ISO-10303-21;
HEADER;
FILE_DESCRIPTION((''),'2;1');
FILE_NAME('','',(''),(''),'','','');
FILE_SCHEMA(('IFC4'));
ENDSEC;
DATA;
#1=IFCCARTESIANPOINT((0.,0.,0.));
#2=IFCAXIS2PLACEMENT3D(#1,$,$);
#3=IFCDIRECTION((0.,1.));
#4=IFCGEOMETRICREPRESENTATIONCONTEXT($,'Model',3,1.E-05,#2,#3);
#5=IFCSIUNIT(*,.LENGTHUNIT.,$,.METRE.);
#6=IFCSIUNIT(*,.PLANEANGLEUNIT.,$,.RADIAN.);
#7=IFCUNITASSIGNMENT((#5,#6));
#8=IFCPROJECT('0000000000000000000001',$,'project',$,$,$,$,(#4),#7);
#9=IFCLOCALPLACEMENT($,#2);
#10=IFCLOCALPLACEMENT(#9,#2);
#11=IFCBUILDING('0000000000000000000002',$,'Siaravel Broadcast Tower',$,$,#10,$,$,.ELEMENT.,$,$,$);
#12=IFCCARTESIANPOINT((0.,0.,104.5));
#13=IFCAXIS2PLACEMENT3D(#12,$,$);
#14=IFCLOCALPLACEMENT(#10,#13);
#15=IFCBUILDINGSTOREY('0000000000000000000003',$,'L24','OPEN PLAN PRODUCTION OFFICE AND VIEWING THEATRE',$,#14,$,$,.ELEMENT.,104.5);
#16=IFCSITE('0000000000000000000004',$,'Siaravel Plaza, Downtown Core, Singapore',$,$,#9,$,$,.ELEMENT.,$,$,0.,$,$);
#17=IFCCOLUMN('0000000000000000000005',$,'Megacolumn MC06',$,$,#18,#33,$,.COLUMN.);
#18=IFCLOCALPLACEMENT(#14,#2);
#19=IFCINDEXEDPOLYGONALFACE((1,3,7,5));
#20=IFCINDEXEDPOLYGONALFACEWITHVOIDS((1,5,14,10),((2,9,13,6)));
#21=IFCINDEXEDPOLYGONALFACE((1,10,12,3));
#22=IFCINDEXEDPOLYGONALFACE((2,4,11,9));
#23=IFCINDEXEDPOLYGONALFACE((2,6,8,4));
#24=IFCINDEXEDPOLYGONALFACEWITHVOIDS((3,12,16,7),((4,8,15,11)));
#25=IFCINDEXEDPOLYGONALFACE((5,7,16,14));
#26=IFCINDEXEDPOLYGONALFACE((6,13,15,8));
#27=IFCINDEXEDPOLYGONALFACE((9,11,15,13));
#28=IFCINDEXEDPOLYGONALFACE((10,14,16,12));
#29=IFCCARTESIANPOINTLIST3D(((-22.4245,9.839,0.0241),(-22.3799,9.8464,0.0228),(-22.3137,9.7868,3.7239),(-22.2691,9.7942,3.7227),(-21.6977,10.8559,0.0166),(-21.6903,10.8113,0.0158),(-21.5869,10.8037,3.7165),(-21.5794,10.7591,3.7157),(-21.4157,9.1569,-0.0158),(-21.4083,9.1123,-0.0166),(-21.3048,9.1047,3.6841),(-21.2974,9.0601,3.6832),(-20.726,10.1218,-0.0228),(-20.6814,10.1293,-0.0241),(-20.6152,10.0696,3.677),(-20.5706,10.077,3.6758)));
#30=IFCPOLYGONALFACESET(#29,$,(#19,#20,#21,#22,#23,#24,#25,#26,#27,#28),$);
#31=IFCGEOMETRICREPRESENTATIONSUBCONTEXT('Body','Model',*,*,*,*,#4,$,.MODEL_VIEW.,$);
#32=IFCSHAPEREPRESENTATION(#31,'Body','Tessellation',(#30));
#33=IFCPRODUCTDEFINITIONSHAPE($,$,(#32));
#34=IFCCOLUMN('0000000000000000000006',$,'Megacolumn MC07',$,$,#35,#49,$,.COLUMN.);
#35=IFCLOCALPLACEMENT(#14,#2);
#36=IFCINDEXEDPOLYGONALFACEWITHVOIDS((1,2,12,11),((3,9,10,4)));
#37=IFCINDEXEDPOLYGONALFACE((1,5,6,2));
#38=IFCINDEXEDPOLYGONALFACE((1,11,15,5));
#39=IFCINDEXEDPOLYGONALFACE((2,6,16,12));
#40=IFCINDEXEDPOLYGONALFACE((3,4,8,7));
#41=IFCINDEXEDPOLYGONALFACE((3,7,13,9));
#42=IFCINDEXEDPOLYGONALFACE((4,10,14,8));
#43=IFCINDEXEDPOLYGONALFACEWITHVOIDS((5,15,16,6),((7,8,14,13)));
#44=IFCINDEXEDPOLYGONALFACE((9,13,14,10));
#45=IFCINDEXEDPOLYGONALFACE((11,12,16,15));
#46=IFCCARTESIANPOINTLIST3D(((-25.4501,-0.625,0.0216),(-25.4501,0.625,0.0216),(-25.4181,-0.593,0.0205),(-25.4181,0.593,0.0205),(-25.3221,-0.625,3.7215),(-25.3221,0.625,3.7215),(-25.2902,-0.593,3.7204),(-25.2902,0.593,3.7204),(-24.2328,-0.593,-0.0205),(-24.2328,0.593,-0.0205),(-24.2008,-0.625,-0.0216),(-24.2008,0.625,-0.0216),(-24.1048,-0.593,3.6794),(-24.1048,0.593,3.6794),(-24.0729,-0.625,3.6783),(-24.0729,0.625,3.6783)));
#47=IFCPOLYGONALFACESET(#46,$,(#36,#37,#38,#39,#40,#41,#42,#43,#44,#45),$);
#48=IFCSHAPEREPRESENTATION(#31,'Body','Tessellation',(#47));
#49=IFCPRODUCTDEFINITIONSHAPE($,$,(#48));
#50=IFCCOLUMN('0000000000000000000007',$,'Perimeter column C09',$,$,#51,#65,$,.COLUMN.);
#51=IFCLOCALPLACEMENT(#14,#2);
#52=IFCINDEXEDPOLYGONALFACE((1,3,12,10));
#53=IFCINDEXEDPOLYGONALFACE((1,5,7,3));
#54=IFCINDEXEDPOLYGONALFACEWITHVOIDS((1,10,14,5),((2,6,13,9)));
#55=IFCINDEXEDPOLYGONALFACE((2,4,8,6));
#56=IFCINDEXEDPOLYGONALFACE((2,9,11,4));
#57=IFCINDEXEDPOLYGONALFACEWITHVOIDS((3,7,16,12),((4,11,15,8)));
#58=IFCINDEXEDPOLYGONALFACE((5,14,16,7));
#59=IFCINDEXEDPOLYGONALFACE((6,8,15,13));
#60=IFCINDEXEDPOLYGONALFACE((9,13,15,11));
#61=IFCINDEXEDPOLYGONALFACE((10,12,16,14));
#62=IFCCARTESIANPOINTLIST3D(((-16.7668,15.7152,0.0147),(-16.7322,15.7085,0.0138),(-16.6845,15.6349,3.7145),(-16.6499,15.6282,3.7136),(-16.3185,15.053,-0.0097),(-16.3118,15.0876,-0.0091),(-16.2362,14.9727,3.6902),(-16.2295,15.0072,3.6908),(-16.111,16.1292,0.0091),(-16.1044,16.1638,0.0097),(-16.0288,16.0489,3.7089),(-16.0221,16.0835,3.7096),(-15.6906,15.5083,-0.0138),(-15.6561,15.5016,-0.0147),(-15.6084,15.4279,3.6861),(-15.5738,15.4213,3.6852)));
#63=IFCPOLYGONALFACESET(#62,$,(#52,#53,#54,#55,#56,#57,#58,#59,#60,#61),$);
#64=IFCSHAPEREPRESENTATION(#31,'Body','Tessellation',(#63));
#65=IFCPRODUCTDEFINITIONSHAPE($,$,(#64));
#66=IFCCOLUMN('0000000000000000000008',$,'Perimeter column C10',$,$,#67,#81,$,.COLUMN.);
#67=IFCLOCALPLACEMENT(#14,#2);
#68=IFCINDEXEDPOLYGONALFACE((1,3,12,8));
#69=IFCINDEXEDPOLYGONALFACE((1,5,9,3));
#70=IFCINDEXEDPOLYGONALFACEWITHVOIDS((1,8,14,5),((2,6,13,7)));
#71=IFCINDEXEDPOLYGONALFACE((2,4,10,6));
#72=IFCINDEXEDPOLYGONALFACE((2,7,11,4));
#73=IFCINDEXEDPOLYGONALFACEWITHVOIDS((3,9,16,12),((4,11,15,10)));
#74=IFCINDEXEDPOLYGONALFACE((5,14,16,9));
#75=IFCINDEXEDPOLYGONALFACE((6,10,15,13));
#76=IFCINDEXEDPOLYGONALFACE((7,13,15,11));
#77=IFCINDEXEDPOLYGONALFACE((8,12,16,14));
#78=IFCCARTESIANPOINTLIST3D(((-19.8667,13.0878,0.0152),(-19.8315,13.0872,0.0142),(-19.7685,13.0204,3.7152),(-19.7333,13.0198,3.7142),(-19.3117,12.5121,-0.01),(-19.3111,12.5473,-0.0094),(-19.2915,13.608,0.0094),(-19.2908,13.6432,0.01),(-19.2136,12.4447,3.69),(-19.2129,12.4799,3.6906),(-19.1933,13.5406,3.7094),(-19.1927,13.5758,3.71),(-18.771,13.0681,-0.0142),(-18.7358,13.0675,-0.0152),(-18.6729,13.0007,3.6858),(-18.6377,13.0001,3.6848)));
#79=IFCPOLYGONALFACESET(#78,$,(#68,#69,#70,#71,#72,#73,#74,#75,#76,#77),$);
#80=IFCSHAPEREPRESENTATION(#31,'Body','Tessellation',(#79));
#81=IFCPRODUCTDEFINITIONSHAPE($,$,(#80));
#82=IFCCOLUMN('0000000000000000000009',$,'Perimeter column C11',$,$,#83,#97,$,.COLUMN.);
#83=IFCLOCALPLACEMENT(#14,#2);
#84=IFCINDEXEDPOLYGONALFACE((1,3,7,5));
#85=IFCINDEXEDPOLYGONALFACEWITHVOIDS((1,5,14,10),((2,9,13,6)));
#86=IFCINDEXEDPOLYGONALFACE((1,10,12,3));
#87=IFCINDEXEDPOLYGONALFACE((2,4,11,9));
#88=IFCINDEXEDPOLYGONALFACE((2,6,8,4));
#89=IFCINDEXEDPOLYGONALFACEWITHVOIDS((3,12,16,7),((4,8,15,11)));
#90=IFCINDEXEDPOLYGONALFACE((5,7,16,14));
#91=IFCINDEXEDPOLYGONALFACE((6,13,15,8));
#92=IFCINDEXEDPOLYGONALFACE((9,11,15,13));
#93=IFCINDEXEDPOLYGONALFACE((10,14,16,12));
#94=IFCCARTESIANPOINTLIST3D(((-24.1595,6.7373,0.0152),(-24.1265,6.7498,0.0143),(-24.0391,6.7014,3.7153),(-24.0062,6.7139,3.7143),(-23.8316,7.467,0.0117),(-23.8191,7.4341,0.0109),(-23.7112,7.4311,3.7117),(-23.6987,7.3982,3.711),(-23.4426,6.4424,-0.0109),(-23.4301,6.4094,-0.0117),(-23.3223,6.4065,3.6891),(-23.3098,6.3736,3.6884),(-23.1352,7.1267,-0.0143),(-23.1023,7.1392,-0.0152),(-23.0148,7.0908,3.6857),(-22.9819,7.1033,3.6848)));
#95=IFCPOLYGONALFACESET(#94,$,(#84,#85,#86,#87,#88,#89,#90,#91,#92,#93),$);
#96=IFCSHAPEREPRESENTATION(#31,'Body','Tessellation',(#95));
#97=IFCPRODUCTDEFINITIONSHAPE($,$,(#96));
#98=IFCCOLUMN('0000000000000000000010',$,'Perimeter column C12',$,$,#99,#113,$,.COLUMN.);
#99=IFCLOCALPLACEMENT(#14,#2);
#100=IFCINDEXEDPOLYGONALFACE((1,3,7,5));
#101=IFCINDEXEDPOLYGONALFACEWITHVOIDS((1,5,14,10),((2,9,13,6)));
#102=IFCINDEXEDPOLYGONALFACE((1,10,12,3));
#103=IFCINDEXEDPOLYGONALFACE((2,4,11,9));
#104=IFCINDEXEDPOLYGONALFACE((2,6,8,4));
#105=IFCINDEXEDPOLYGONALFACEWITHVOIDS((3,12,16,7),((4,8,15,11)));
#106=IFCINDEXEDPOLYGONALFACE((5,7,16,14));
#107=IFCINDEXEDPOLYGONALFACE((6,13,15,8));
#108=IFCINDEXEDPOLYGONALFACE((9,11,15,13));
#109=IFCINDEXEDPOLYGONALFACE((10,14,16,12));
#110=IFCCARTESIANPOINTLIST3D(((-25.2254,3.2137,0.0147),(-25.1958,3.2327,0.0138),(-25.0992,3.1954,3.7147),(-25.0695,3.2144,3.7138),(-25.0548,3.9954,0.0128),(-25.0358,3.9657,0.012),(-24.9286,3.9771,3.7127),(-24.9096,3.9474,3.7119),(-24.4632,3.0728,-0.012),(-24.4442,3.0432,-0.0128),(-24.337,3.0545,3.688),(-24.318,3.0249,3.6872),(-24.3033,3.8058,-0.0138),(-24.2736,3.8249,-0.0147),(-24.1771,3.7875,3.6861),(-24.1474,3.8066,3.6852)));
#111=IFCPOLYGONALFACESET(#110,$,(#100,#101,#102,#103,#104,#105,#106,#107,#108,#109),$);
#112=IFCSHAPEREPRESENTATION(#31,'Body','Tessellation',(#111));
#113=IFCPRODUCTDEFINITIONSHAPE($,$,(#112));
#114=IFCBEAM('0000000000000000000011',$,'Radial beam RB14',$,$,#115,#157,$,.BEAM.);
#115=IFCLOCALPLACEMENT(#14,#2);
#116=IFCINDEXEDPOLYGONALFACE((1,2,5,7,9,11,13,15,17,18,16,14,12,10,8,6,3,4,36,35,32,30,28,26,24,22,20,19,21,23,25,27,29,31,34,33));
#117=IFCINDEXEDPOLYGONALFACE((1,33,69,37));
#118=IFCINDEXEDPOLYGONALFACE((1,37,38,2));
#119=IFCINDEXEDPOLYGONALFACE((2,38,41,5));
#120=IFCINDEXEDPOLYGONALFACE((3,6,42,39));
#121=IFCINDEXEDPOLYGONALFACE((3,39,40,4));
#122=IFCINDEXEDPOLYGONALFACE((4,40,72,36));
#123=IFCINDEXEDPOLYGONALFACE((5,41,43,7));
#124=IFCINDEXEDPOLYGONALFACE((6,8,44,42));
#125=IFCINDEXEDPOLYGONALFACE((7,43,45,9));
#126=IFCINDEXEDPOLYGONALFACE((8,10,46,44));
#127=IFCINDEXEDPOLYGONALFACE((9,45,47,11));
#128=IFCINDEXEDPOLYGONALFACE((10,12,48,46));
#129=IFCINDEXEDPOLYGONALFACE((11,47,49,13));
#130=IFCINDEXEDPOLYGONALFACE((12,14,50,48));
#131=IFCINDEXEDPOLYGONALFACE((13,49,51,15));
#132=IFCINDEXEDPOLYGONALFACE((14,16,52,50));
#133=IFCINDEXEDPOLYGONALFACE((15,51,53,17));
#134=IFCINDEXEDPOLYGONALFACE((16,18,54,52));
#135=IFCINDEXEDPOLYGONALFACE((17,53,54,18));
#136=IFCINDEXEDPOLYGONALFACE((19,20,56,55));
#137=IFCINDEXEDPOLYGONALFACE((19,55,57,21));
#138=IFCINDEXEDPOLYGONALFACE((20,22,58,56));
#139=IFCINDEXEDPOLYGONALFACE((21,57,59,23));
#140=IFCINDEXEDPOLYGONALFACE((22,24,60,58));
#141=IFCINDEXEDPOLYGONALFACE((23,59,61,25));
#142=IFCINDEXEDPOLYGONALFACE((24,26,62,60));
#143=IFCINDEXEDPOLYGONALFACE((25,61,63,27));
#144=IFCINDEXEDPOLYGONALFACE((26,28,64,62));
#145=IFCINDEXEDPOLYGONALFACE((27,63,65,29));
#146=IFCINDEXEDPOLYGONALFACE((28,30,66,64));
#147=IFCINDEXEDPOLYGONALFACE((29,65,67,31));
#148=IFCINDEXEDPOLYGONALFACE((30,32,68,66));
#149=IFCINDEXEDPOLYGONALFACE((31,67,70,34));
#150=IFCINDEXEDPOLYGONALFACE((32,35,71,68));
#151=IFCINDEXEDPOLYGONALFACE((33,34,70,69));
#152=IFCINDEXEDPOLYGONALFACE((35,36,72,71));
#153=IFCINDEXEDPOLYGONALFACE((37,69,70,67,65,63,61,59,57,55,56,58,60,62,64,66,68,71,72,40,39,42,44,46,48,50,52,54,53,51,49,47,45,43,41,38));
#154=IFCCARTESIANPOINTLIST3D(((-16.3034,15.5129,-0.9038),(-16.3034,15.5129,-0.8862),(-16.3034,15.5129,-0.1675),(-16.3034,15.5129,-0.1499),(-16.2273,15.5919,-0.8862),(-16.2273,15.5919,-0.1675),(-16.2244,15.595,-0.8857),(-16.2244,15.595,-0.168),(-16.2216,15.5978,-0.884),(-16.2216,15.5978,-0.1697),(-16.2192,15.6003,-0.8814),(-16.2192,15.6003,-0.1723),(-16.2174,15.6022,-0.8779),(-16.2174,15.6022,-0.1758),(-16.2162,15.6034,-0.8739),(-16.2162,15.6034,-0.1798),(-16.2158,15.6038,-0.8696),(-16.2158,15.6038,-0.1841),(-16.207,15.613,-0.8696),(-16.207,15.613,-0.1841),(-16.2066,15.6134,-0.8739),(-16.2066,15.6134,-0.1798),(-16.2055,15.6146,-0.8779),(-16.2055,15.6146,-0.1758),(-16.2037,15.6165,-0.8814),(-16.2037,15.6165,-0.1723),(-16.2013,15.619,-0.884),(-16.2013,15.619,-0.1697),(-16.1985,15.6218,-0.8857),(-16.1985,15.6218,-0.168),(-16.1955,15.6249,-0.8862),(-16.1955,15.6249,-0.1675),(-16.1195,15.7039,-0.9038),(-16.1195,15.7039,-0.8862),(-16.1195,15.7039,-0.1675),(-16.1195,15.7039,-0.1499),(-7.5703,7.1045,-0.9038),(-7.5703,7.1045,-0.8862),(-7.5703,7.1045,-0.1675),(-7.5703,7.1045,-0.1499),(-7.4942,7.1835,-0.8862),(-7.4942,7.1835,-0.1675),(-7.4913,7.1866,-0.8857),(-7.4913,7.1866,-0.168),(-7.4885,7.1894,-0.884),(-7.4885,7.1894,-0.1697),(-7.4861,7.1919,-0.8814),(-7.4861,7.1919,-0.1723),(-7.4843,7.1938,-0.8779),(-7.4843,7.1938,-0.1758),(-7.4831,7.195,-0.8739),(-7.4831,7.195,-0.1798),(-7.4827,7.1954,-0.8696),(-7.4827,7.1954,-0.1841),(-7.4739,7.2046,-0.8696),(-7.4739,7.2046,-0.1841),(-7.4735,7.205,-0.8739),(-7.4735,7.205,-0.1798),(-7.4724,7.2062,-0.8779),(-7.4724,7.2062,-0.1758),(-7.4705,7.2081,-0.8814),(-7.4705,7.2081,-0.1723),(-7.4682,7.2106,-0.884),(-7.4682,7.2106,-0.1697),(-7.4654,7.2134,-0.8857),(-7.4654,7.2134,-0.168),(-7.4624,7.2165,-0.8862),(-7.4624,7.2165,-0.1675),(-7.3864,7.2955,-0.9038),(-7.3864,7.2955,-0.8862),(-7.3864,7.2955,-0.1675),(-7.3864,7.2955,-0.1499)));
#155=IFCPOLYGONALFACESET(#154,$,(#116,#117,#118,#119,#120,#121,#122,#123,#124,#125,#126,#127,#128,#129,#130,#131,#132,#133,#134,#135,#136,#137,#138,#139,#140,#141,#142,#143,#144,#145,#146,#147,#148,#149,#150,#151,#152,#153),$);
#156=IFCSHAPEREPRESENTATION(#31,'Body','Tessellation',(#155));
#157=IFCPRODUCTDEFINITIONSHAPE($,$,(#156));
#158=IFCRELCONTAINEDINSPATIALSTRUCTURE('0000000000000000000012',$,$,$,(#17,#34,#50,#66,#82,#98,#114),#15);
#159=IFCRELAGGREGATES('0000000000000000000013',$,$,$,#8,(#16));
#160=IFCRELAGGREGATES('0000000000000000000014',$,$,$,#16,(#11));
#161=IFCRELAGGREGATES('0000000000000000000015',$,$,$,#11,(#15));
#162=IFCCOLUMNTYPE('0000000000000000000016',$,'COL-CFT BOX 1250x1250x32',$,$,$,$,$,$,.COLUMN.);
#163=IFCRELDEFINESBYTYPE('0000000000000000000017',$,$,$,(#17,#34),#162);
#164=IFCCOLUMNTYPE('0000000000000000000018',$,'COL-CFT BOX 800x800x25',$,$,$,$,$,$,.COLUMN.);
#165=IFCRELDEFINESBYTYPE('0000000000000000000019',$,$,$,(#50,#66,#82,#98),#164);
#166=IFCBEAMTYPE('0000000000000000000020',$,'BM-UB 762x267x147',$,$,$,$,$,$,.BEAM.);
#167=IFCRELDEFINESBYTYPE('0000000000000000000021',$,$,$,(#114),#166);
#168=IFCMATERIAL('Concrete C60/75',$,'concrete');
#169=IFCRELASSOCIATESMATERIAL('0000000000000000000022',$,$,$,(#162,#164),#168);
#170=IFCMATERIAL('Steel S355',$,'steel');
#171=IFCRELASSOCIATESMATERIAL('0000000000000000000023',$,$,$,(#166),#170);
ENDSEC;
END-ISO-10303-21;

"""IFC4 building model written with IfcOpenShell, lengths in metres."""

from ifc_helpers import new_model, si_unit, direction, frame, origin, origin_2d, place, context, subcontext, project, spatial, hollow_rectangle, i_section, extrude, material, material_profile, profile_set, type_object, element, save


model = new_model("IFC4")

# Units and contexts
model_context = context("Model", 3, precision=1e-05, world=origin(), true_north=direction((0.0, 1.0)))
body_context = subcontext(model_context, "Body", "Model", "MODEL_VIEW")
ifc_project = project(units=[si_unit("LENGTHUNIT", "METRE"), si_unit("PLANEANGLEUNIT", "RADIAN")], contexts=[model_context])

# Site, building, storey
site_placement = place(None, origin())
site = spatial("IfcSite", under=ifc_project, at=site_placement, Name="Siaravel Plaza, Downtown Core, Singapore", CompositionType="ELEMENT", RefElevation=0.0)
building_placement = place(site_placement, origin())
building = spatial("IfcBuilding", under=site, at=building_placement, Name="Siaravel Broadcast Tower", CompositionType="ELEMENT")
storey_placement = place(building_placement, frame((0.0, 0.0, 104.5)))
storey = spatial("IfcBuildingStorey", under=building, at=storey_placement, Name="L24", Description="OPEN PLAN PRODUCTION OFFICE AND VIEWING THEATRE", CompositionType="ELEMENT", Elevation=104.5)

# Columns
ifc_material_1 = material(Name="Concrete C60/75", Category="concrete")
ifc_material_profile_1 = material_profile(ifc_material_1, hollow_rectangle(XDim=1.25, YDim=1.25, WallThickness=0.032, at=origin_2d()))
ifc_profile_set_1 = profile_set([ifc_material_profile_1], Name="Concrete C60/75")
column_type_1 = type_object("IfcColumnType", Name="COL-CFT BOX 1250x1250x32", PredefinedType="COLUMN", material=ifc_profile_set_1)
column_1_placement = place(storey_placement, frame((-21.553, 9.9841, 0.0), z_axis=(0.029941, -0.014113, 0.999452), x_axis=(0.581475, 0.813543, -0.005931)))
element("IfcColumn", 1, at=column_1_placement, inside=storey, type_object=column_type_1, Name="Megacolumn MC06", PredefinedType="COLUMN", context=body_context, shape_type="SweptSolid", body=[
    extrude(hollow_rectangle(XDim=1.25, YDim=1.25, WallThickness=0.032, at=origin_2d()), origin(), (0.0, 0.0, 1.0), 3.7019),
])
column_2_placement = place(storey_placement, frame((-24.8254, 0.0, 0.0), z_axis=(0.034555, 0.0, 0.999403), x_axis=(0.0, 1.0, 0.0)))
element("IfcColumn", 2, at=column_2_placement, inside=storey, type_object=column_type_1, Name="Megacolumn MC07", PredefinedType="COLUMN", context=body_context, shape_type="SweptSolid", body=[
    extrude(hollow_rectangle(XDim=1.25, YDim=1.25, WallThickness=0.032, at=origin_2d()), origin(), (0.0, 0.0, 1.0), 3.7021),
])
ifc_material_profile_2 = material_profile(ifc_material_1, hollow_rectangle(XDim=0.8, YDim=0.8, WallThickness=0.0249, at=origin_2d()))
ifc_profile_set_2 = profile_set([ifc_material_profile_2], Name="Concrete C60/75")
column_type_2 = type_object("IfcColumnType", Name="COL-CFT BOX 800x800x25", PredefinedType="COLUMN", material=ifc_profile_set_2)
column_3_placement = place(storey_placement, frame((-16.2114, 15.6084, 0.0), z_axis=(0.022226, -0.021699, 0.999517), x_axis=(0.82795, 0.560767, -0.006237)))
element("IfcColumn", 3, at=column_3_placement, inside=storey, type_object=column_type_2, Name="Perimeter column C09", PredefinedType="COLUMN", context=body_context, shape_type="SweptSolid", body=[
    extrude(hollow_rectangle(XDim=0.8, YDim=0.8, WallThickness=0.0249, at=origin_2d()), origin(), (0.0, 0.0, 1.0), 3.7017),
])
column_4_placement = place(storey_placement, frame((-19.3013, 13.0776, 0.0), z_axis=(0.026512, -0.018202, 0.999483), x_axis=(0.719778, 0.694174, -0.006451)))
element("IfcColumn", 4, at=column_4_placement, inside=storey, type_object=column_type_2, Name="Perimeter column C10", PredefinedType="COLUMN", context=body_context, shape_type="SweptSolid", body=[
    extrude(hollow_rectangle(XDim=0.8, YDim=0.8, WallThickness=0.0249, at=origin_2d()), origin(), (0.0, 0.0, 1.0), 3.7019),
])
for number, where, z_axis, x_axis, name in (
    (5, (-23.6309, 6.9382, 0.0), (0.032512, -0.009694, 0.999424), (0.409822, 0.912154, -0.004484), "Perimeter column C11"),
    (6, (-24.7495, 3.5193, 0.0), (0.034094, -0.004946, 0.999406), (0.213163, 0.977014, -0.002437), "Perimeter column C12"),
):
    element("IfcColumn", number, at=place(storey_placement, frame(where, z_axis=z_axis, x_axis=x_axis)), inside=storey, type_object=column_type_2, Name=name, PredefinedType="COLUMN", context=body_context, shape_type="SweptSolid", body=[
        extrude(hollow_rectangle(XDim=0.8, YDim=0.8, WallThickness=0.0249, at=origin_2d()), origin(), (0.0, 0.0, 1.0), 3.7021),
    ])

# Beam
ifc_material_2 = material(Name="Steel S355", Category="steel")
ifc_material_profile_3 = material_profile(ifc_material_2, i_section(OverallWidth=0.2651, OverallDepth=0.7539, WebThickness=0.0127, FlangeThickness=0.0176, FilletRadius=0.0166, at=origin_2d()))
ifc_profile_set_3 = profile_set([ifc_material_profile_3], Name="Steel S355")
beam_type = type_object("IfcBeamType", Name="BM-UB 762x267x147", PredefinedType="BEAM", material=ifc_profile_set_3)
beam_1_placement = place(storey_placement, frame((-16.2114, 15.6084, -0.5269), z_axis=(0.720372, -0.693588, 0.0), x_axis=(0.693588, 0.720372, 0.0)))
element("IfcBeam", 7, at=beam_1_placement, inside=storey, type_object=beam_type, Name="Radial beam RB14", PredefinedType="BEAM", context=body_context, shape_type="SweptSolid", body=[
    extrude(i_section(OverallWidth=0.2651, OverallDepth=0.7539, WebThickness=0.0127, FlangeThickness=0.0176, FilletRadius=0.0166, at=origin_2d()), origin(), (0.0, 0.0, 1.0), 12.123),
])

save(model, "model.ifc")
